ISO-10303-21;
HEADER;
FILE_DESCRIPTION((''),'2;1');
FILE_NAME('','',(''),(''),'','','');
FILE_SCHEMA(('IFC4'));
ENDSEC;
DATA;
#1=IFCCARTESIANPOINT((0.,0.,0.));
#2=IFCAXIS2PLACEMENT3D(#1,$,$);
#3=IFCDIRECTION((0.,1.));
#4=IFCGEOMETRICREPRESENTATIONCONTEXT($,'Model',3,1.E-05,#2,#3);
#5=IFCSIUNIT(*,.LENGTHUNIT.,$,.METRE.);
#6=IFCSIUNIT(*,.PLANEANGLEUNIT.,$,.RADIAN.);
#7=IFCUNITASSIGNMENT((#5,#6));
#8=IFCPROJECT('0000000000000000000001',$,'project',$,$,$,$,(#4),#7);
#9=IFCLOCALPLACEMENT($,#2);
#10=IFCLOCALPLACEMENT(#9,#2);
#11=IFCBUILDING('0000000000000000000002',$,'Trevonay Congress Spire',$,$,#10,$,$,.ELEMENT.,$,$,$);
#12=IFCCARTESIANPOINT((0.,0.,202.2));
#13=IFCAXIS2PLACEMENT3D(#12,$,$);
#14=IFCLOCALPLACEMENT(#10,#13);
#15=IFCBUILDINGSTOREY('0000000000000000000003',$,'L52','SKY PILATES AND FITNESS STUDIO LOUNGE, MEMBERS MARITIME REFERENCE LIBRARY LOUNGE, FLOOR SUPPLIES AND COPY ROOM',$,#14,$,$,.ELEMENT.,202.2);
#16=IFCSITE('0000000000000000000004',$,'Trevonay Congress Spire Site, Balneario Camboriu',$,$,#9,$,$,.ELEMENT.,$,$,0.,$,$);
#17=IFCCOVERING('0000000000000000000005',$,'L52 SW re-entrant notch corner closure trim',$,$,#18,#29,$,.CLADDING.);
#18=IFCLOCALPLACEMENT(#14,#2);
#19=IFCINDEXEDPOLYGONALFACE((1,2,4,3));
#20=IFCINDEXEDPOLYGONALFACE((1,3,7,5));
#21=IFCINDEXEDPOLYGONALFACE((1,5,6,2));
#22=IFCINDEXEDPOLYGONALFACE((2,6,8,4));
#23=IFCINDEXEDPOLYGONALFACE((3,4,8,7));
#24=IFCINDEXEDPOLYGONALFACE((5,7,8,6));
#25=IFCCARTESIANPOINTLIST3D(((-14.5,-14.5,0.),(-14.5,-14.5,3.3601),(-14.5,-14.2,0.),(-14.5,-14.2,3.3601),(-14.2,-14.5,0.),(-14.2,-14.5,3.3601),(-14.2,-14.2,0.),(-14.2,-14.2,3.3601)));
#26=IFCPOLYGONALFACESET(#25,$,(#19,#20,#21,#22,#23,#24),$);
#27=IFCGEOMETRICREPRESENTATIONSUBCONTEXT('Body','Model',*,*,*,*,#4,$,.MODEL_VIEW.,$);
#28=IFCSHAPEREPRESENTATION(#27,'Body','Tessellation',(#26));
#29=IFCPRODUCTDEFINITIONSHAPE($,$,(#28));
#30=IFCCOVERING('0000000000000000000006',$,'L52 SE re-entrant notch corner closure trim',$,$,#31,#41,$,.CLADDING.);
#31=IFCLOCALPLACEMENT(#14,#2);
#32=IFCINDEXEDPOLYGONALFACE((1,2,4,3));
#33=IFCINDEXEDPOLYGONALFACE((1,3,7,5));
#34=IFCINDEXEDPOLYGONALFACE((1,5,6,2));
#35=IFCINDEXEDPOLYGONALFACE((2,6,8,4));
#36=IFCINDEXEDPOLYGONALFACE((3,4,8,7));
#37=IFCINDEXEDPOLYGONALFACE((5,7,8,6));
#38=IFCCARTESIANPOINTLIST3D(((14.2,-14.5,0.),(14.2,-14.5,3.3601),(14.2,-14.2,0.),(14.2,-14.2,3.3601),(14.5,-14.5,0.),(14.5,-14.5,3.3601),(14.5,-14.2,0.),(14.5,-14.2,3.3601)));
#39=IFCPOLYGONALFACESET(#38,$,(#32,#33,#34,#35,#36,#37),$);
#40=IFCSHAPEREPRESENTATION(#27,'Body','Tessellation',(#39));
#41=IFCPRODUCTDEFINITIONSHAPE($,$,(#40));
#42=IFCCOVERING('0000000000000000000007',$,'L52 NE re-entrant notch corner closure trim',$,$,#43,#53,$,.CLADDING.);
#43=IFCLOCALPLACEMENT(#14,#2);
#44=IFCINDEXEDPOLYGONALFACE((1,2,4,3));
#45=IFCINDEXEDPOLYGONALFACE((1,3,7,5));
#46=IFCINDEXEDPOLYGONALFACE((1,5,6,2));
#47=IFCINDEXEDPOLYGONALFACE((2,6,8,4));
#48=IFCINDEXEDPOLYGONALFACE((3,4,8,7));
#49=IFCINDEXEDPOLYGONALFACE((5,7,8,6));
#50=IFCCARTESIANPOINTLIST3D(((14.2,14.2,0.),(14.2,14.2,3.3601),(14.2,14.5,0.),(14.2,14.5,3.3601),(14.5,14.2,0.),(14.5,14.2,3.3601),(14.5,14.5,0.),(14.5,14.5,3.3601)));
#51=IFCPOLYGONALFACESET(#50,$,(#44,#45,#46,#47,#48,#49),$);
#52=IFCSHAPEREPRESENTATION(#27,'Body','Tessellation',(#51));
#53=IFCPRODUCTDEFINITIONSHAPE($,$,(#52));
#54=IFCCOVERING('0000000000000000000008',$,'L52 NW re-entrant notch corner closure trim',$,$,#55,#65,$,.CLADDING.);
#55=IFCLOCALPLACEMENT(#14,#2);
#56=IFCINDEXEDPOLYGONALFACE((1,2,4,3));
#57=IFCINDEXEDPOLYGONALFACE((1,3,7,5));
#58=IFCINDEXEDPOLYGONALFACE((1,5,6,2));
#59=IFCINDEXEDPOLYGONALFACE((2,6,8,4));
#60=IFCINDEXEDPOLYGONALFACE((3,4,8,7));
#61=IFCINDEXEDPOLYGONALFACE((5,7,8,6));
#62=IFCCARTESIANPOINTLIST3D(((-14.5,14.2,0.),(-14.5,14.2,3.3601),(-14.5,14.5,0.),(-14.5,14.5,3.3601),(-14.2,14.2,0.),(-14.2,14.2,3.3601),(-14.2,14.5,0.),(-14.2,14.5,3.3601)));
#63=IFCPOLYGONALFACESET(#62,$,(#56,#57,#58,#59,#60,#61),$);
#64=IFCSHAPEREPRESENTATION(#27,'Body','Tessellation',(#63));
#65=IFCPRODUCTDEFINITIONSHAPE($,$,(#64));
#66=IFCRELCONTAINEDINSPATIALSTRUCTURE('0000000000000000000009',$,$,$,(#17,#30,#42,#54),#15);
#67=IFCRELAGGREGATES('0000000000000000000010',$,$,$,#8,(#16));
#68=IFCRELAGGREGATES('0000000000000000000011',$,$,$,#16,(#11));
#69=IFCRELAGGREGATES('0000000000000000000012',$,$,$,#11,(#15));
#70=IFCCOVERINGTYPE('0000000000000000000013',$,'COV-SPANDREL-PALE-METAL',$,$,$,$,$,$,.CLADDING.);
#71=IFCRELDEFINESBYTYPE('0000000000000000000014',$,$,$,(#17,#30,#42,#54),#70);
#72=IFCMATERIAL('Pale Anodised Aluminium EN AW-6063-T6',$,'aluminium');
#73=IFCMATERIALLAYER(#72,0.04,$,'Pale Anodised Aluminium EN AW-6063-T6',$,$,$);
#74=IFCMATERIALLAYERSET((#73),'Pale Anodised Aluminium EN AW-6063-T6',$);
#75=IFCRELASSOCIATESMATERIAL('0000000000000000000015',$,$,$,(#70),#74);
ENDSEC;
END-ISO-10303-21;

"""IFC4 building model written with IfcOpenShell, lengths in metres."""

from ifc_helpers import new_model, si_unit, direction, frame, origin, place, context, subcontext, project, spatial, polyline, outline, extrude, material, layer, layer_set, type_object, element, save


model = new_model("IFC4")

# Units and contexts
model_context = context("Model", 3, precision=1e-05, world=origin(), true_north=direction((0.0, 1.0)))
body_context = subcontext(model_context, "Body", "Model", "MODEL_VIEW")
ifc_project = project(units=[si_unit("LENGTHUNIT", "METRE"), si_unit("PLANEANGLEUNIT", "RADIAN")], contexts=[model_context])

# Site, building, storey
site_placement = place(None, origin())
site = spatial("IfcSite", under=ifc_project, at=site_placement, Name="Trevonay Congress Spire Site, Balneario Camboriu", CompositionType="ELEMENT", RefElevation=0.0)
building_placement = place(site_placement, origin())
building = spatial("IfcBuilding", under=site, at=building_placement, Name="Trevonay Congress Spire", CompositionType="ELEMENT")
storey_placement = place(building_placement, frame((0.0, 0.0, 202.2)))
storey = spatial("IfcBuildingStorey", under=building, at=storey_placement, Name="L52", Description="SKY PILATES AND FITNESS STUDIO LOUNGE, MEMBERS MARITIME REFERENCE LIBRARY LOUNGE, FLOOR SUPPLIES AND COPY ROOM", CompositionType="ELEMENT", Elevation=202.2)

# Shared definitions
ifc_material_1 = material(Name="Pale Anodised Aluminium EN AW-6063-T6", Category="aluminium")

# Coverings
ifc_layer_1 = layer(ifc_material_1, 0.04, Name="Pale Anodised Aluminium EN AW-6063-T6")
ifc_layer_set_1 = layer_set([ifc_layer_1], Name="Pale Anodised Aluminium EN AW-6063-T6")
covering_type = type_object("IfcCoveringType", Name="COV-SPANDREL-PALE-METAL", PredefinedType="CLADDING", material=ifc_layer_set_1)
covering_1_placement = place(storey_placement, origin())
element("IfcCovering", 1, at=covering_1_placement, inside=storey, type_object=covering_type, Name="L52 SW re-entrant notch corner closure trim", PredefinedType="CLADDING", context=body_context, shape_type="SweptSolid", body=[
    extrude(outline(polyline([(-14.5, -14.5), (-14.2, -14.5), (-14.2, -14.2), (-14.5, -14.2), (-14.5, -14.5)])), origin(), (0.0, 0.0, 1.0), 3.3601),
])
covering_2_placement = place(storey_placement, origin())
element("IfcCovering", 2, at=covering_2_placement, inside=storey, type_object=covering_type, Name="L52 SE re-entrant notch corner closure trim", PredefinedType="CLADDING", context=body_context, shape_type="SweptSolid", body=[
    extrude(outline(polyline([(14.2, -14.5), (14.5, -14.5), (14.5, -14.2), (14.2, -14.2), (14.2, -14.5)])), origin(), (0.0, 0.0, 1.0), 3.3601),
])
covering_3_placement = place(storey_placement, origin())
element("IfcCovering", 3, at=covering_3_placement, inside=storey, type_object=covering_type, Name="L52 NE re-entrant notch corner closure trim", PredefinedType="CLADDING", context=body_context, shape_type="SweptSolid", body=[
    extrude(outline(polyline([(14.2, 14.2), (14.5, 14.2), (14.5, 14.5), (14.2, 14.5), (14.2, 14.2)])), origin(), (0.0, 0.0, 1.0), 3.3601),
])
covering_4_placement = place(storey_placement, origin())
element("IfcCovering", 4, at=covering_4_placement, inside=storey, type_object=covering_type, Name="L52 NW re-entrant notch corner closure trim", PredefinedType="CLADDING", context=body_context, shape_type="SweptSolid", body=[
    extrude(outline(polyline([(-14.5, 14.2), (-14.2, 14.2), (-14.2, 14.5), (-14.5, 14.5), (-14.5, 14.2)])), origin(), (0.0, 0.0, 1.0), 3.3601),
])

save(model, "model.ifc")
